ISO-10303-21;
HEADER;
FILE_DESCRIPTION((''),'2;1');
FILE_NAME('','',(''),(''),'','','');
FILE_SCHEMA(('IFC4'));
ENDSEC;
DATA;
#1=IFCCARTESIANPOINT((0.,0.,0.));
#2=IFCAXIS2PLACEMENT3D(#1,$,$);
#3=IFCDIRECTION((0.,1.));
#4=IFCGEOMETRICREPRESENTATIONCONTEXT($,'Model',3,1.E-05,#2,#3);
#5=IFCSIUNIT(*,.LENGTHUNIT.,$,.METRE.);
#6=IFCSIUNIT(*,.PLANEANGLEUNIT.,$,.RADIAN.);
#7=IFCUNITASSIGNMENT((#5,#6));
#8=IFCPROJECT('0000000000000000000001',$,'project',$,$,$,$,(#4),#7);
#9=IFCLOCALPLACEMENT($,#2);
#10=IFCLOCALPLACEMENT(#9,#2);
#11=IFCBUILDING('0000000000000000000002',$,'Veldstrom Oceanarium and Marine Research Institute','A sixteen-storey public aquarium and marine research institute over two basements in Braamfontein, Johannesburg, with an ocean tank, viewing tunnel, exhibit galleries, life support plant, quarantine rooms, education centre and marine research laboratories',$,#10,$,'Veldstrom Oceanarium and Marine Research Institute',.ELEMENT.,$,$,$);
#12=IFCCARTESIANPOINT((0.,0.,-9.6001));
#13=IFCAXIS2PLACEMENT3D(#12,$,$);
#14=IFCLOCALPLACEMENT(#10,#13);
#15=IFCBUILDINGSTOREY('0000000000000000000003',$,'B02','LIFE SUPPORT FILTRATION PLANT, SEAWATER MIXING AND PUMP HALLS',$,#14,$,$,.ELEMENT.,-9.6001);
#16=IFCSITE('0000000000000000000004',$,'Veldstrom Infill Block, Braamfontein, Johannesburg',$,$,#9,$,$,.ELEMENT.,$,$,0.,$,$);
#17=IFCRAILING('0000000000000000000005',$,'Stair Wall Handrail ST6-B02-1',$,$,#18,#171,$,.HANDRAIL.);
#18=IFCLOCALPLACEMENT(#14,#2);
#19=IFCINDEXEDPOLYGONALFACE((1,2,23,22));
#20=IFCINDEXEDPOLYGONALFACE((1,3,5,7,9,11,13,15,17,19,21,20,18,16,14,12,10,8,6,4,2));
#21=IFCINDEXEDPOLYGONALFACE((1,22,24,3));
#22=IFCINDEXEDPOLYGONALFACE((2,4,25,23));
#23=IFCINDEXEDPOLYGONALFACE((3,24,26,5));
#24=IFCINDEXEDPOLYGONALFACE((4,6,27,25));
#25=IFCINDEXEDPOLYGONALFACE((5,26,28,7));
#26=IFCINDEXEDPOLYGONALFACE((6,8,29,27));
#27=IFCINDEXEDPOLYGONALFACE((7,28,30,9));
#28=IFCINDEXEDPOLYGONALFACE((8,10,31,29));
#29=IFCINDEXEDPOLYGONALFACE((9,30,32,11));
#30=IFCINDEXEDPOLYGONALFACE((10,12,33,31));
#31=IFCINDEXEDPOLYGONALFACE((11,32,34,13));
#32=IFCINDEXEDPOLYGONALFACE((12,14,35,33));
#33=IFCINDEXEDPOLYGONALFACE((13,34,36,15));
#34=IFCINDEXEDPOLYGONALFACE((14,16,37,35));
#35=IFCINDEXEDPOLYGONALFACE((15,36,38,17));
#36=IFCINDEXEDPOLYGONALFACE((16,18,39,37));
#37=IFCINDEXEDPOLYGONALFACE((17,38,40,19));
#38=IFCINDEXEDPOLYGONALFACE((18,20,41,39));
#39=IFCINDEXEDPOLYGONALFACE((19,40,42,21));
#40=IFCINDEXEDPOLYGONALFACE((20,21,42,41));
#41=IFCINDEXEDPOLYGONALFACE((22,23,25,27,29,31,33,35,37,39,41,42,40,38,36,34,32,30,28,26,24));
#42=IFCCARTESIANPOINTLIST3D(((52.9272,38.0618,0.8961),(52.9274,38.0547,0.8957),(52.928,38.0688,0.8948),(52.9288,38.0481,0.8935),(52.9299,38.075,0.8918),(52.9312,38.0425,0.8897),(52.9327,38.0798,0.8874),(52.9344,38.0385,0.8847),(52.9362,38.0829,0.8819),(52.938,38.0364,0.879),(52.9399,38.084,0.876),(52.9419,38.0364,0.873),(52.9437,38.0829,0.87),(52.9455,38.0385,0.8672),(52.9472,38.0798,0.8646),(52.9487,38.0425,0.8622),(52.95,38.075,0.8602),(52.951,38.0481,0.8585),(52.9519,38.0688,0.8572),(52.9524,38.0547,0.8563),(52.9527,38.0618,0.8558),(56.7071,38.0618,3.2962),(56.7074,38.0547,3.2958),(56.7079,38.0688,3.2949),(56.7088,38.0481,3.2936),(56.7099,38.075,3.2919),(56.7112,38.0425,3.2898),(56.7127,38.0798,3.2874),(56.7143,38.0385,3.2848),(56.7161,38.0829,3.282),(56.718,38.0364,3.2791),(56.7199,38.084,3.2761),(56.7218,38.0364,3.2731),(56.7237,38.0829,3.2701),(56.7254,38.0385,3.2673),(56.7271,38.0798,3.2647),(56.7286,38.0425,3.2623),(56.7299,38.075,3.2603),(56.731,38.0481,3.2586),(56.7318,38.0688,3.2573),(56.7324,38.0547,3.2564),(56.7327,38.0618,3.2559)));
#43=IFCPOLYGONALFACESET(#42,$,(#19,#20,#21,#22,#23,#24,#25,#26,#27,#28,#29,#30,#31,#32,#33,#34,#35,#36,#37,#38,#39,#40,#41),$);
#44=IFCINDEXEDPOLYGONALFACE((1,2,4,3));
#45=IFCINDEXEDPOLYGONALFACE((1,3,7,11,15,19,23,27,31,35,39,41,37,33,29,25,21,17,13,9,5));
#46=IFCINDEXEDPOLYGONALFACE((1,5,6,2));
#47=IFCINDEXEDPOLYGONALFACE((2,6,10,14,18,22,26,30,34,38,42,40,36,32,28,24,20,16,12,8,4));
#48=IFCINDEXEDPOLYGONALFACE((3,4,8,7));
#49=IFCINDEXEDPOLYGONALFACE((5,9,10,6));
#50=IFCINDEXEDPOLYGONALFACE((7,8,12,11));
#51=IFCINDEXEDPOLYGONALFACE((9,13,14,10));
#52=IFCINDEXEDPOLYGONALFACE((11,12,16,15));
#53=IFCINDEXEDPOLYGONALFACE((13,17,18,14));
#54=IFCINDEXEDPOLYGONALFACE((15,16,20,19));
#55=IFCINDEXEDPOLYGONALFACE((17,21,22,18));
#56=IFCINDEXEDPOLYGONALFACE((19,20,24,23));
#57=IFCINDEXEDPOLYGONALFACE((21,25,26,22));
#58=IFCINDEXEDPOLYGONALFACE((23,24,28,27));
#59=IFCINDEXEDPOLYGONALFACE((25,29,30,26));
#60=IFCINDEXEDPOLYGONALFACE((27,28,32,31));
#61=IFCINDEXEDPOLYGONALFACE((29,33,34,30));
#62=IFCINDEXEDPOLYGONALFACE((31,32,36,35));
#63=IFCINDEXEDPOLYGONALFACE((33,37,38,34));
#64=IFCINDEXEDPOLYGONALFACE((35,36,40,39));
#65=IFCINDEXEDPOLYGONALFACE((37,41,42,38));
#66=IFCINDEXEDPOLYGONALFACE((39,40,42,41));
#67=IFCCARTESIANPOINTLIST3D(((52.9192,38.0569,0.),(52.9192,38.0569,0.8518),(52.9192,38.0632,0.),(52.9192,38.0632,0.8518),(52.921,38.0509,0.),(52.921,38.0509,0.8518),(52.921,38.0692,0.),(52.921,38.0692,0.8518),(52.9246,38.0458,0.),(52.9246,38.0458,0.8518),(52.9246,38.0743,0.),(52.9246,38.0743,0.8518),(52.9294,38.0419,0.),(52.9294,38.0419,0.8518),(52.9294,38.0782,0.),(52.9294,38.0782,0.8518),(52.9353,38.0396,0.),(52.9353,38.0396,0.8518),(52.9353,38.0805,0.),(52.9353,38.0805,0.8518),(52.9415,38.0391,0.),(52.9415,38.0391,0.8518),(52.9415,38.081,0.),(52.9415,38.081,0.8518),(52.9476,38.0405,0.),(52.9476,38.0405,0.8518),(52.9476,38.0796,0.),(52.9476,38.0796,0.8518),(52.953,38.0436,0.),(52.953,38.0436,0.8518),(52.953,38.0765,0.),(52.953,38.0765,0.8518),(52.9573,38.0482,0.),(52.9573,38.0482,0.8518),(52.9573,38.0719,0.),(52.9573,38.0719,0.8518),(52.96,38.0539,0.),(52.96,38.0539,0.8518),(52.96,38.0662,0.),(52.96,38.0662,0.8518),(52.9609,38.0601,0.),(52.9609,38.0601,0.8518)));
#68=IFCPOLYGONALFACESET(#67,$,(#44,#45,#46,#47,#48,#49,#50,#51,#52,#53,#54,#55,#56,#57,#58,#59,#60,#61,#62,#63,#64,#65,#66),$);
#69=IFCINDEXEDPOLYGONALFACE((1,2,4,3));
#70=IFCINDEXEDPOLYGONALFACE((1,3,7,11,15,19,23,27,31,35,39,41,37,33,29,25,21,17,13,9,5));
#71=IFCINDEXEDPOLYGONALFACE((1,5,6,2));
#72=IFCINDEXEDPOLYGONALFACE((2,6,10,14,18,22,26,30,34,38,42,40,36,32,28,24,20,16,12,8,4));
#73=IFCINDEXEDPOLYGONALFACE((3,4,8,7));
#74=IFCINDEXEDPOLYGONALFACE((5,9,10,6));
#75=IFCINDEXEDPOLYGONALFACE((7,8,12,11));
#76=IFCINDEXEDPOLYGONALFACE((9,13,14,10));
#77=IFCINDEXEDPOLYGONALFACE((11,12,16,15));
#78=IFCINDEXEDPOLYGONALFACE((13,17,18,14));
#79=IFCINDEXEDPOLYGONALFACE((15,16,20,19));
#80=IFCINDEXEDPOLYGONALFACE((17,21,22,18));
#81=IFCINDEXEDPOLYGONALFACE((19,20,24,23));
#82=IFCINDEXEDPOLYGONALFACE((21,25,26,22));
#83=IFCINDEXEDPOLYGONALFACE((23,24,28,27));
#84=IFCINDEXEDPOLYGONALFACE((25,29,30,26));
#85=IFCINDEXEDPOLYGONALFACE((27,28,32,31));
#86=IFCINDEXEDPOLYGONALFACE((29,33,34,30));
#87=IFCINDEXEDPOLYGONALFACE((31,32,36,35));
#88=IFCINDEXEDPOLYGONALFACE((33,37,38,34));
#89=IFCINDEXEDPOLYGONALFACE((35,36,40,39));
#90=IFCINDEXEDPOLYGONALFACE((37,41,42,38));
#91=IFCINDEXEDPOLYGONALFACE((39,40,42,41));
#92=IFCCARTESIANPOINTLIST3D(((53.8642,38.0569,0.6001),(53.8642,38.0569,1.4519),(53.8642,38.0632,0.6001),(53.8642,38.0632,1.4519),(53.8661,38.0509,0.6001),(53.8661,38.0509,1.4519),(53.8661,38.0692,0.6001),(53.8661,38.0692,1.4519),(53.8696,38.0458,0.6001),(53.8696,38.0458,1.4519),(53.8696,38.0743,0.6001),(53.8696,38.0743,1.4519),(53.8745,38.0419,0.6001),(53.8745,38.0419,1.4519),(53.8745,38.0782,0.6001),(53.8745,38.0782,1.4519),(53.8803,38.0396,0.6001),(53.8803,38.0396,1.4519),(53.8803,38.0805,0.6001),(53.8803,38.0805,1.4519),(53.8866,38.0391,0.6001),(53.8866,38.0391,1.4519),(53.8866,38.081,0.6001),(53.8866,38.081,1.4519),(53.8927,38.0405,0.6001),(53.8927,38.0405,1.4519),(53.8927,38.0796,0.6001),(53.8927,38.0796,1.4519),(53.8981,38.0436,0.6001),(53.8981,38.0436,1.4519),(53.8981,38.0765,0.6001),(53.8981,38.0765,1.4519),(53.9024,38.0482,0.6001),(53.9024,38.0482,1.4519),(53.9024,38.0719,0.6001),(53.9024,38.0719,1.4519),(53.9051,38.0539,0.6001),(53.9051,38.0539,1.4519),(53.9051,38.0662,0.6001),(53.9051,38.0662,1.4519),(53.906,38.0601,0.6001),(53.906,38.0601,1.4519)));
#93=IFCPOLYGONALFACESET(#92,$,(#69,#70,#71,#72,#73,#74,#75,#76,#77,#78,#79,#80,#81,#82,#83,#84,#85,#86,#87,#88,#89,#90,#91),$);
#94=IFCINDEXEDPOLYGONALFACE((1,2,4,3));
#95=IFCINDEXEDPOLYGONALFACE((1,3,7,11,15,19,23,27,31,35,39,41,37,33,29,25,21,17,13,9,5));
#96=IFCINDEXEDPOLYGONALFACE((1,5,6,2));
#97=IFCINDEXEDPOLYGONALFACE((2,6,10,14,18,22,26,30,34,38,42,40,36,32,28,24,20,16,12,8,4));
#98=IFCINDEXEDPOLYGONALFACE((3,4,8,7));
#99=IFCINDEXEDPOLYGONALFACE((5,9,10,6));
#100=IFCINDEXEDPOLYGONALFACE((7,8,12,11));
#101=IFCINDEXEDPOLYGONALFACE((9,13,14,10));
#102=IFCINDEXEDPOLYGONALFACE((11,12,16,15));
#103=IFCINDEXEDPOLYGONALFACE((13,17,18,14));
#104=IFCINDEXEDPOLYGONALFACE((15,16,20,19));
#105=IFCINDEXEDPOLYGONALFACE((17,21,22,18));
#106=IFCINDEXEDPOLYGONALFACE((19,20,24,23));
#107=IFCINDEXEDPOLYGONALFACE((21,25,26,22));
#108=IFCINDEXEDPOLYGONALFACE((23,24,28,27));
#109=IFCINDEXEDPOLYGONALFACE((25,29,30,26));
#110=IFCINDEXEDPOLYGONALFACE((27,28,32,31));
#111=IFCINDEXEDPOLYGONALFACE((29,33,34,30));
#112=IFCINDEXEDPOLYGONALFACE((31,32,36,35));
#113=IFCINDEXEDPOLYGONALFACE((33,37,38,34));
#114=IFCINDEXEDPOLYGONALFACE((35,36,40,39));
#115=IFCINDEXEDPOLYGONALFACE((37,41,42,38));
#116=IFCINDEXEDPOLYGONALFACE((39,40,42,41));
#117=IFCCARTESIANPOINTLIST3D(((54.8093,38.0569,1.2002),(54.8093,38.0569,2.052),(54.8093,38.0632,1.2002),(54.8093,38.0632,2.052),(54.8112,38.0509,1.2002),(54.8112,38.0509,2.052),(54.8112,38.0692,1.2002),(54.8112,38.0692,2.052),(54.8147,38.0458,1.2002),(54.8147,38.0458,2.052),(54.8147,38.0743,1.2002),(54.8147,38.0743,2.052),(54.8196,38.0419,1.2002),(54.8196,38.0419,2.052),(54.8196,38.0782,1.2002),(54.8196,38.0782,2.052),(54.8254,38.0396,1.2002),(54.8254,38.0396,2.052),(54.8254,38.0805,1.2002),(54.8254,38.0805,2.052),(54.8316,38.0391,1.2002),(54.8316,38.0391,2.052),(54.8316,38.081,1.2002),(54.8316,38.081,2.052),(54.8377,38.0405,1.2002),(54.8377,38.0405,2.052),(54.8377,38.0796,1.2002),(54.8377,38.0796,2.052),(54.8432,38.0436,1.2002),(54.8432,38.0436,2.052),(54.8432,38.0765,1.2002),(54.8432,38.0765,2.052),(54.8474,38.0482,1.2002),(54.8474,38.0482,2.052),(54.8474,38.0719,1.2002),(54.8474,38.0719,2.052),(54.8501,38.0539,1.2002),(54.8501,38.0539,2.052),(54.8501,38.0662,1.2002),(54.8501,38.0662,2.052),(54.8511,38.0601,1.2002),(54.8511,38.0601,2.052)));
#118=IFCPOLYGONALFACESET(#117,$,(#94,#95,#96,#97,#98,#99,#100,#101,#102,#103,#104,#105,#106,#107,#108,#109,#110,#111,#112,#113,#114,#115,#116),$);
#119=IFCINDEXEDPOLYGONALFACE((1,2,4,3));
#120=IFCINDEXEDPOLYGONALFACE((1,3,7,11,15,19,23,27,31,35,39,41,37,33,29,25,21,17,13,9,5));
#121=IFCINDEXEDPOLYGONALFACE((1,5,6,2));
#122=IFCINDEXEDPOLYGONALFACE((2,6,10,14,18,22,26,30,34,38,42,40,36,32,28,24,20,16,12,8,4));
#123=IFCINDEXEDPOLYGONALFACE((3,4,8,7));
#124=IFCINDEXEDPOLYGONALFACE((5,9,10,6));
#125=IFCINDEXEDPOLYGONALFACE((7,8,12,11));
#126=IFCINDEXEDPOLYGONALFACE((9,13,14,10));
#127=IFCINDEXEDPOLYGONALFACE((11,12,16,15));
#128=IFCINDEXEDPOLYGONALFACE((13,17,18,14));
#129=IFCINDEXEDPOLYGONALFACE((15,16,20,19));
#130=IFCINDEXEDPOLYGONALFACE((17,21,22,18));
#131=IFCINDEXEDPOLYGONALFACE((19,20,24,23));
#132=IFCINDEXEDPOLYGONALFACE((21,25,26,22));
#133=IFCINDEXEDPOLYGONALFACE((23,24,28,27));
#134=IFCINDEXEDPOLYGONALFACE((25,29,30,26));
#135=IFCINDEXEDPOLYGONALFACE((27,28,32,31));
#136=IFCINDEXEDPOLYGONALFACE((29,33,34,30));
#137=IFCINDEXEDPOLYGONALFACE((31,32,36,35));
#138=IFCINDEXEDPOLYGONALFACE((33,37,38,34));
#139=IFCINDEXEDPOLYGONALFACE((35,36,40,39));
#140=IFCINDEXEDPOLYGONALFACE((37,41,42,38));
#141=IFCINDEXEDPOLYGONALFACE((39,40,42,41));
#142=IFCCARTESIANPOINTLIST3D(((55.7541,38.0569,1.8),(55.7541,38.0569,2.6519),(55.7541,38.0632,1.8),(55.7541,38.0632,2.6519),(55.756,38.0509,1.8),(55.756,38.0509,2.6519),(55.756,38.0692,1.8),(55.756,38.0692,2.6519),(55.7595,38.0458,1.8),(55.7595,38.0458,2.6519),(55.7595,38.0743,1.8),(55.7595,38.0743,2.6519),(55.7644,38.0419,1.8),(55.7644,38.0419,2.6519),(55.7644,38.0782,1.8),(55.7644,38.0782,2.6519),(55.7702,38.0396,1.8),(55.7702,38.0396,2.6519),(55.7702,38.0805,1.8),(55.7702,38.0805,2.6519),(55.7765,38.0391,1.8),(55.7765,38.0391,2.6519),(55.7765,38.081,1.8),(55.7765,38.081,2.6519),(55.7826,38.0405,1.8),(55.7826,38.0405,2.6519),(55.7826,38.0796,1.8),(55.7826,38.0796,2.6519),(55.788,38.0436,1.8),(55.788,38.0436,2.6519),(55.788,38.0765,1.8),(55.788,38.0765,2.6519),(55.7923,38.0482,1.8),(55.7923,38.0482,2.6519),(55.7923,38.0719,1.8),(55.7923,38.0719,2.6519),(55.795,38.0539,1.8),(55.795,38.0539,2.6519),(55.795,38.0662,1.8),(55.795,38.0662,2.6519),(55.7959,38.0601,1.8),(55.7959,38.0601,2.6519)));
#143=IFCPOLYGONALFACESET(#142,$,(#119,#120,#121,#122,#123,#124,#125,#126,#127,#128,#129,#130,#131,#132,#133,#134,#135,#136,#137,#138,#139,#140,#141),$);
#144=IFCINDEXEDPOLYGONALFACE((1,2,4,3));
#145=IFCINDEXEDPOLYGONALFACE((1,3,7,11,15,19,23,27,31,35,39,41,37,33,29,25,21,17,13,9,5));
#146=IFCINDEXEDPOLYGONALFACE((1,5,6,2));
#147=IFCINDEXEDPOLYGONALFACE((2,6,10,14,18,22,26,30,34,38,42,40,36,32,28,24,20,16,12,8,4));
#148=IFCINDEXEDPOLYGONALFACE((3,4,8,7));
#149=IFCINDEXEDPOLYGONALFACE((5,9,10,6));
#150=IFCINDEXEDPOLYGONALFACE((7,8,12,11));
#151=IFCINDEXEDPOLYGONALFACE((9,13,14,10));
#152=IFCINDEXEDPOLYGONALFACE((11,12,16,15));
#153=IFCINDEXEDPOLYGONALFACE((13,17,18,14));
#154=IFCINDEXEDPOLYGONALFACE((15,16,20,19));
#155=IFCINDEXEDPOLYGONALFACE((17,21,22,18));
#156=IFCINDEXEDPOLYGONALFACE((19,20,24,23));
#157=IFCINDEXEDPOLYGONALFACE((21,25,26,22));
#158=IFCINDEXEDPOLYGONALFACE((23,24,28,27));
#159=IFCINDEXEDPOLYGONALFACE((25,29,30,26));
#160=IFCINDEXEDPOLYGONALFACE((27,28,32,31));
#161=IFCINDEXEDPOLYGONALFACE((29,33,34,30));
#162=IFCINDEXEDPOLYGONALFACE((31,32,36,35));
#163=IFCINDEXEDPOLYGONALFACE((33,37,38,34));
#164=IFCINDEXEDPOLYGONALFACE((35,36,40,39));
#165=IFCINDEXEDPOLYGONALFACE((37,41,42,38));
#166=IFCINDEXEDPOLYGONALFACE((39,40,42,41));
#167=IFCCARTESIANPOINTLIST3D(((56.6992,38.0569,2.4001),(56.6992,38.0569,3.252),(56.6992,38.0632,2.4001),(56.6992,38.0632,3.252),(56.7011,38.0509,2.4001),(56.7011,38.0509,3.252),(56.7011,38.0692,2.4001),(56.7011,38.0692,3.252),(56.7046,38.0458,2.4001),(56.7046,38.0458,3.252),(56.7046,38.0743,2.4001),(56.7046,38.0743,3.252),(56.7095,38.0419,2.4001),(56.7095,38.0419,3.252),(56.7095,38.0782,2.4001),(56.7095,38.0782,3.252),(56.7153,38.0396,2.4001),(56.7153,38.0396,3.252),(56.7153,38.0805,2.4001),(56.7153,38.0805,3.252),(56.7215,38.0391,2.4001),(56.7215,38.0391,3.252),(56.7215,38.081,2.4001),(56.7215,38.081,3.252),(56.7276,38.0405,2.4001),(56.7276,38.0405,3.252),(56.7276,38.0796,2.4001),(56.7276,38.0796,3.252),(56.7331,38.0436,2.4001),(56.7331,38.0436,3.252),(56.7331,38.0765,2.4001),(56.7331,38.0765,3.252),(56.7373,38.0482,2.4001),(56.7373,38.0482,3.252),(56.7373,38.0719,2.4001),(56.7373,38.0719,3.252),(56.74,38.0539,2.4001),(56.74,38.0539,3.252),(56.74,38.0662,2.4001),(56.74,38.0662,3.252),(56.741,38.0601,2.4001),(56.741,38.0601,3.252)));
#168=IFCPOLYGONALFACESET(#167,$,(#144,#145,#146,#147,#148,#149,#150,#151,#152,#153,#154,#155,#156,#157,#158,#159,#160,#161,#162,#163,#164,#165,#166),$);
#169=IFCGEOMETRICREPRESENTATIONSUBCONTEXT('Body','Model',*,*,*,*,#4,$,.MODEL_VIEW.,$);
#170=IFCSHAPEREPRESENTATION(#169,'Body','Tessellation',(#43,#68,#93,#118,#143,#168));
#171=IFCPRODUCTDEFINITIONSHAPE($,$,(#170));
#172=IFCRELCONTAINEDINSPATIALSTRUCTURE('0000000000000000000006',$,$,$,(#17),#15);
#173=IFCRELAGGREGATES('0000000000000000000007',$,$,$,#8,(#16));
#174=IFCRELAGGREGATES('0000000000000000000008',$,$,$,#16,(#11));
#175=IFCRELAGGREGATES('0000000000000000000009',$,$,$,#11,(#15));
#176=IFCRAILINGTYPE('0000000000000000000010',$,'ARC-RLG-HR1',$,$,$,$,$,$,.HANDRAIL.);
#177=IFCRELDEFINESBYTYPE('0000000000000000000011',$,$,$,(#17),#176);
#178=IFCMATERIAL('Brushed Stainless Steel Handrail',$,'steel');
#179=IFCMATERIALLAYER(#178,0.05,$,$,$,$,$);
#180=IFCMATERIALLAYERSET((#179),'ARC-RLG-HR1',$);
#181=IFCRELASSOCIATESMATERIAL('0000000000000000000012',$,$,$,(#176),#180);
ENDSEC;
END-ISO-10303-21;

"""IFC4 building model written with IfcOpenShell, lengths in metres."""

from ifc_helpers import new_model, si_unit, direction, frame, origin, origin_2d, place, context, subcontext, project, spatial, circle, extrude, material, layer, layer_set, type_object, element, save


model = new_model("IFC4")

# Units and contexts
model_context = context("Model", 3, precision=1e-05, world=origin(), true_north=direction((0.0, 1.0)))
body_context = subcontext(model_context, "Body", "Model", "MODEL_VIEW")
ifc_project = project(units=[si_unit("LENGTHUNIT", "METRE"), si_unit("PLANEANGLEUNIT", "RADIAN")], contexts=[model_context])

# Site, building, storey
site_placement = place(None, origin())
site = spatial("IfcSite", under=ifc_project, at=site_placement, Name="Veldstrom Infill Block, Braamfontein, Johannesburg", CompositionType="ELEMENT", RefElevation=0.0)
building_placement = place(site_placement, origin())
building = spatial("IfcBuilding", under=site, at=building_placement, Name="Veldstrom Oceanarium and Marine Research Institute", Description="A sixteen-storey public aquarium and marine research institute over two basements in Braamfontein, Johannesburg, with an ocean tank, viewing tunnel, exhibit galleries, life support plant, quarantine rooms, education centre and marine research laboratories", LongName="Veldstrom Oceanarium and Marine Research Institute", CompositionType="ELEMENT")
storey_placement = place(building_placement, frame((0.0, 0.0, -9.6001)))
storey = spatial("IfcBuildingStorey", under=building, at=storey_placement, Name="B02", Description="LIFE SUPPORT FILTRATION PLANT, SEAWATER MIXING AND PUMP HALLS", CompositionType="ELEMENT", Elevation=-9.6001)

# Railing
ifc_material_1 = material(Name="Brushed Stainless Steel Handrail", Category="steel")
ifc_layer_1 = layer(ifc_material_1, 0.05)
ifc_layer_set_1 = layer_set([ifc_layer_1], Name="ARC-RLG-HR1")
railing_type_1 = type_object("IfcRailingType", Name="ARC-RLG-HR1", PredefinedType="HANDRAIL", material=ifc_layer_set_1)
railing_1_placement = place(storey_placement, frame((52.9399, 38.0601, 0.0)))
element("IfcRailing", 1, at=railing_1_placement, inside=storey, type_object=railing_type_1, Name="Stair Wall Handrail ST6-B02-1", PredefinedType="HANDRAIL", context=body_context, shape_type="SweptSolid", body=[
    extrude(circle(Radius=0.0239, at=origin_2d()), frame((0.0, 0.0, 0.876), z_axis=(0.8442, 0.0, 0.536028), x_axis=(0.0, 1.0, 0.0)), (0.0, 0.0, 1.0), 4.4775),
    extrude(circle(Radius=0.021, at=origin_2d()), origin(), (0.0, 0.0, 1.0), 0.8518),
    extrude(circle(Radius=0.021, at=origin_2d()), frame((0.9451, 0.0, 0.6001)), (0.0, 0.0, 1.0), 0.8518),
    extrude(circle(Radius=0.021, at=origin_2d()), frame((1.8901, 0.0, 1.2002)), (0.0, 0.0, 1.0), 0.8518),
    extrude(circle(Radius=0.021, at=origin_2d()), frame((2.835, 0.0, 1.8)), (0.0, 0.0, 1.0), 0.8518),
    extrude(circle(Radius=0.021, at=origin_2d()), frame((3.78, 0.0, 2.4001)), (0.0, 0.0, 1.0), 0.8518),
])

save(model, "model.ifc")
